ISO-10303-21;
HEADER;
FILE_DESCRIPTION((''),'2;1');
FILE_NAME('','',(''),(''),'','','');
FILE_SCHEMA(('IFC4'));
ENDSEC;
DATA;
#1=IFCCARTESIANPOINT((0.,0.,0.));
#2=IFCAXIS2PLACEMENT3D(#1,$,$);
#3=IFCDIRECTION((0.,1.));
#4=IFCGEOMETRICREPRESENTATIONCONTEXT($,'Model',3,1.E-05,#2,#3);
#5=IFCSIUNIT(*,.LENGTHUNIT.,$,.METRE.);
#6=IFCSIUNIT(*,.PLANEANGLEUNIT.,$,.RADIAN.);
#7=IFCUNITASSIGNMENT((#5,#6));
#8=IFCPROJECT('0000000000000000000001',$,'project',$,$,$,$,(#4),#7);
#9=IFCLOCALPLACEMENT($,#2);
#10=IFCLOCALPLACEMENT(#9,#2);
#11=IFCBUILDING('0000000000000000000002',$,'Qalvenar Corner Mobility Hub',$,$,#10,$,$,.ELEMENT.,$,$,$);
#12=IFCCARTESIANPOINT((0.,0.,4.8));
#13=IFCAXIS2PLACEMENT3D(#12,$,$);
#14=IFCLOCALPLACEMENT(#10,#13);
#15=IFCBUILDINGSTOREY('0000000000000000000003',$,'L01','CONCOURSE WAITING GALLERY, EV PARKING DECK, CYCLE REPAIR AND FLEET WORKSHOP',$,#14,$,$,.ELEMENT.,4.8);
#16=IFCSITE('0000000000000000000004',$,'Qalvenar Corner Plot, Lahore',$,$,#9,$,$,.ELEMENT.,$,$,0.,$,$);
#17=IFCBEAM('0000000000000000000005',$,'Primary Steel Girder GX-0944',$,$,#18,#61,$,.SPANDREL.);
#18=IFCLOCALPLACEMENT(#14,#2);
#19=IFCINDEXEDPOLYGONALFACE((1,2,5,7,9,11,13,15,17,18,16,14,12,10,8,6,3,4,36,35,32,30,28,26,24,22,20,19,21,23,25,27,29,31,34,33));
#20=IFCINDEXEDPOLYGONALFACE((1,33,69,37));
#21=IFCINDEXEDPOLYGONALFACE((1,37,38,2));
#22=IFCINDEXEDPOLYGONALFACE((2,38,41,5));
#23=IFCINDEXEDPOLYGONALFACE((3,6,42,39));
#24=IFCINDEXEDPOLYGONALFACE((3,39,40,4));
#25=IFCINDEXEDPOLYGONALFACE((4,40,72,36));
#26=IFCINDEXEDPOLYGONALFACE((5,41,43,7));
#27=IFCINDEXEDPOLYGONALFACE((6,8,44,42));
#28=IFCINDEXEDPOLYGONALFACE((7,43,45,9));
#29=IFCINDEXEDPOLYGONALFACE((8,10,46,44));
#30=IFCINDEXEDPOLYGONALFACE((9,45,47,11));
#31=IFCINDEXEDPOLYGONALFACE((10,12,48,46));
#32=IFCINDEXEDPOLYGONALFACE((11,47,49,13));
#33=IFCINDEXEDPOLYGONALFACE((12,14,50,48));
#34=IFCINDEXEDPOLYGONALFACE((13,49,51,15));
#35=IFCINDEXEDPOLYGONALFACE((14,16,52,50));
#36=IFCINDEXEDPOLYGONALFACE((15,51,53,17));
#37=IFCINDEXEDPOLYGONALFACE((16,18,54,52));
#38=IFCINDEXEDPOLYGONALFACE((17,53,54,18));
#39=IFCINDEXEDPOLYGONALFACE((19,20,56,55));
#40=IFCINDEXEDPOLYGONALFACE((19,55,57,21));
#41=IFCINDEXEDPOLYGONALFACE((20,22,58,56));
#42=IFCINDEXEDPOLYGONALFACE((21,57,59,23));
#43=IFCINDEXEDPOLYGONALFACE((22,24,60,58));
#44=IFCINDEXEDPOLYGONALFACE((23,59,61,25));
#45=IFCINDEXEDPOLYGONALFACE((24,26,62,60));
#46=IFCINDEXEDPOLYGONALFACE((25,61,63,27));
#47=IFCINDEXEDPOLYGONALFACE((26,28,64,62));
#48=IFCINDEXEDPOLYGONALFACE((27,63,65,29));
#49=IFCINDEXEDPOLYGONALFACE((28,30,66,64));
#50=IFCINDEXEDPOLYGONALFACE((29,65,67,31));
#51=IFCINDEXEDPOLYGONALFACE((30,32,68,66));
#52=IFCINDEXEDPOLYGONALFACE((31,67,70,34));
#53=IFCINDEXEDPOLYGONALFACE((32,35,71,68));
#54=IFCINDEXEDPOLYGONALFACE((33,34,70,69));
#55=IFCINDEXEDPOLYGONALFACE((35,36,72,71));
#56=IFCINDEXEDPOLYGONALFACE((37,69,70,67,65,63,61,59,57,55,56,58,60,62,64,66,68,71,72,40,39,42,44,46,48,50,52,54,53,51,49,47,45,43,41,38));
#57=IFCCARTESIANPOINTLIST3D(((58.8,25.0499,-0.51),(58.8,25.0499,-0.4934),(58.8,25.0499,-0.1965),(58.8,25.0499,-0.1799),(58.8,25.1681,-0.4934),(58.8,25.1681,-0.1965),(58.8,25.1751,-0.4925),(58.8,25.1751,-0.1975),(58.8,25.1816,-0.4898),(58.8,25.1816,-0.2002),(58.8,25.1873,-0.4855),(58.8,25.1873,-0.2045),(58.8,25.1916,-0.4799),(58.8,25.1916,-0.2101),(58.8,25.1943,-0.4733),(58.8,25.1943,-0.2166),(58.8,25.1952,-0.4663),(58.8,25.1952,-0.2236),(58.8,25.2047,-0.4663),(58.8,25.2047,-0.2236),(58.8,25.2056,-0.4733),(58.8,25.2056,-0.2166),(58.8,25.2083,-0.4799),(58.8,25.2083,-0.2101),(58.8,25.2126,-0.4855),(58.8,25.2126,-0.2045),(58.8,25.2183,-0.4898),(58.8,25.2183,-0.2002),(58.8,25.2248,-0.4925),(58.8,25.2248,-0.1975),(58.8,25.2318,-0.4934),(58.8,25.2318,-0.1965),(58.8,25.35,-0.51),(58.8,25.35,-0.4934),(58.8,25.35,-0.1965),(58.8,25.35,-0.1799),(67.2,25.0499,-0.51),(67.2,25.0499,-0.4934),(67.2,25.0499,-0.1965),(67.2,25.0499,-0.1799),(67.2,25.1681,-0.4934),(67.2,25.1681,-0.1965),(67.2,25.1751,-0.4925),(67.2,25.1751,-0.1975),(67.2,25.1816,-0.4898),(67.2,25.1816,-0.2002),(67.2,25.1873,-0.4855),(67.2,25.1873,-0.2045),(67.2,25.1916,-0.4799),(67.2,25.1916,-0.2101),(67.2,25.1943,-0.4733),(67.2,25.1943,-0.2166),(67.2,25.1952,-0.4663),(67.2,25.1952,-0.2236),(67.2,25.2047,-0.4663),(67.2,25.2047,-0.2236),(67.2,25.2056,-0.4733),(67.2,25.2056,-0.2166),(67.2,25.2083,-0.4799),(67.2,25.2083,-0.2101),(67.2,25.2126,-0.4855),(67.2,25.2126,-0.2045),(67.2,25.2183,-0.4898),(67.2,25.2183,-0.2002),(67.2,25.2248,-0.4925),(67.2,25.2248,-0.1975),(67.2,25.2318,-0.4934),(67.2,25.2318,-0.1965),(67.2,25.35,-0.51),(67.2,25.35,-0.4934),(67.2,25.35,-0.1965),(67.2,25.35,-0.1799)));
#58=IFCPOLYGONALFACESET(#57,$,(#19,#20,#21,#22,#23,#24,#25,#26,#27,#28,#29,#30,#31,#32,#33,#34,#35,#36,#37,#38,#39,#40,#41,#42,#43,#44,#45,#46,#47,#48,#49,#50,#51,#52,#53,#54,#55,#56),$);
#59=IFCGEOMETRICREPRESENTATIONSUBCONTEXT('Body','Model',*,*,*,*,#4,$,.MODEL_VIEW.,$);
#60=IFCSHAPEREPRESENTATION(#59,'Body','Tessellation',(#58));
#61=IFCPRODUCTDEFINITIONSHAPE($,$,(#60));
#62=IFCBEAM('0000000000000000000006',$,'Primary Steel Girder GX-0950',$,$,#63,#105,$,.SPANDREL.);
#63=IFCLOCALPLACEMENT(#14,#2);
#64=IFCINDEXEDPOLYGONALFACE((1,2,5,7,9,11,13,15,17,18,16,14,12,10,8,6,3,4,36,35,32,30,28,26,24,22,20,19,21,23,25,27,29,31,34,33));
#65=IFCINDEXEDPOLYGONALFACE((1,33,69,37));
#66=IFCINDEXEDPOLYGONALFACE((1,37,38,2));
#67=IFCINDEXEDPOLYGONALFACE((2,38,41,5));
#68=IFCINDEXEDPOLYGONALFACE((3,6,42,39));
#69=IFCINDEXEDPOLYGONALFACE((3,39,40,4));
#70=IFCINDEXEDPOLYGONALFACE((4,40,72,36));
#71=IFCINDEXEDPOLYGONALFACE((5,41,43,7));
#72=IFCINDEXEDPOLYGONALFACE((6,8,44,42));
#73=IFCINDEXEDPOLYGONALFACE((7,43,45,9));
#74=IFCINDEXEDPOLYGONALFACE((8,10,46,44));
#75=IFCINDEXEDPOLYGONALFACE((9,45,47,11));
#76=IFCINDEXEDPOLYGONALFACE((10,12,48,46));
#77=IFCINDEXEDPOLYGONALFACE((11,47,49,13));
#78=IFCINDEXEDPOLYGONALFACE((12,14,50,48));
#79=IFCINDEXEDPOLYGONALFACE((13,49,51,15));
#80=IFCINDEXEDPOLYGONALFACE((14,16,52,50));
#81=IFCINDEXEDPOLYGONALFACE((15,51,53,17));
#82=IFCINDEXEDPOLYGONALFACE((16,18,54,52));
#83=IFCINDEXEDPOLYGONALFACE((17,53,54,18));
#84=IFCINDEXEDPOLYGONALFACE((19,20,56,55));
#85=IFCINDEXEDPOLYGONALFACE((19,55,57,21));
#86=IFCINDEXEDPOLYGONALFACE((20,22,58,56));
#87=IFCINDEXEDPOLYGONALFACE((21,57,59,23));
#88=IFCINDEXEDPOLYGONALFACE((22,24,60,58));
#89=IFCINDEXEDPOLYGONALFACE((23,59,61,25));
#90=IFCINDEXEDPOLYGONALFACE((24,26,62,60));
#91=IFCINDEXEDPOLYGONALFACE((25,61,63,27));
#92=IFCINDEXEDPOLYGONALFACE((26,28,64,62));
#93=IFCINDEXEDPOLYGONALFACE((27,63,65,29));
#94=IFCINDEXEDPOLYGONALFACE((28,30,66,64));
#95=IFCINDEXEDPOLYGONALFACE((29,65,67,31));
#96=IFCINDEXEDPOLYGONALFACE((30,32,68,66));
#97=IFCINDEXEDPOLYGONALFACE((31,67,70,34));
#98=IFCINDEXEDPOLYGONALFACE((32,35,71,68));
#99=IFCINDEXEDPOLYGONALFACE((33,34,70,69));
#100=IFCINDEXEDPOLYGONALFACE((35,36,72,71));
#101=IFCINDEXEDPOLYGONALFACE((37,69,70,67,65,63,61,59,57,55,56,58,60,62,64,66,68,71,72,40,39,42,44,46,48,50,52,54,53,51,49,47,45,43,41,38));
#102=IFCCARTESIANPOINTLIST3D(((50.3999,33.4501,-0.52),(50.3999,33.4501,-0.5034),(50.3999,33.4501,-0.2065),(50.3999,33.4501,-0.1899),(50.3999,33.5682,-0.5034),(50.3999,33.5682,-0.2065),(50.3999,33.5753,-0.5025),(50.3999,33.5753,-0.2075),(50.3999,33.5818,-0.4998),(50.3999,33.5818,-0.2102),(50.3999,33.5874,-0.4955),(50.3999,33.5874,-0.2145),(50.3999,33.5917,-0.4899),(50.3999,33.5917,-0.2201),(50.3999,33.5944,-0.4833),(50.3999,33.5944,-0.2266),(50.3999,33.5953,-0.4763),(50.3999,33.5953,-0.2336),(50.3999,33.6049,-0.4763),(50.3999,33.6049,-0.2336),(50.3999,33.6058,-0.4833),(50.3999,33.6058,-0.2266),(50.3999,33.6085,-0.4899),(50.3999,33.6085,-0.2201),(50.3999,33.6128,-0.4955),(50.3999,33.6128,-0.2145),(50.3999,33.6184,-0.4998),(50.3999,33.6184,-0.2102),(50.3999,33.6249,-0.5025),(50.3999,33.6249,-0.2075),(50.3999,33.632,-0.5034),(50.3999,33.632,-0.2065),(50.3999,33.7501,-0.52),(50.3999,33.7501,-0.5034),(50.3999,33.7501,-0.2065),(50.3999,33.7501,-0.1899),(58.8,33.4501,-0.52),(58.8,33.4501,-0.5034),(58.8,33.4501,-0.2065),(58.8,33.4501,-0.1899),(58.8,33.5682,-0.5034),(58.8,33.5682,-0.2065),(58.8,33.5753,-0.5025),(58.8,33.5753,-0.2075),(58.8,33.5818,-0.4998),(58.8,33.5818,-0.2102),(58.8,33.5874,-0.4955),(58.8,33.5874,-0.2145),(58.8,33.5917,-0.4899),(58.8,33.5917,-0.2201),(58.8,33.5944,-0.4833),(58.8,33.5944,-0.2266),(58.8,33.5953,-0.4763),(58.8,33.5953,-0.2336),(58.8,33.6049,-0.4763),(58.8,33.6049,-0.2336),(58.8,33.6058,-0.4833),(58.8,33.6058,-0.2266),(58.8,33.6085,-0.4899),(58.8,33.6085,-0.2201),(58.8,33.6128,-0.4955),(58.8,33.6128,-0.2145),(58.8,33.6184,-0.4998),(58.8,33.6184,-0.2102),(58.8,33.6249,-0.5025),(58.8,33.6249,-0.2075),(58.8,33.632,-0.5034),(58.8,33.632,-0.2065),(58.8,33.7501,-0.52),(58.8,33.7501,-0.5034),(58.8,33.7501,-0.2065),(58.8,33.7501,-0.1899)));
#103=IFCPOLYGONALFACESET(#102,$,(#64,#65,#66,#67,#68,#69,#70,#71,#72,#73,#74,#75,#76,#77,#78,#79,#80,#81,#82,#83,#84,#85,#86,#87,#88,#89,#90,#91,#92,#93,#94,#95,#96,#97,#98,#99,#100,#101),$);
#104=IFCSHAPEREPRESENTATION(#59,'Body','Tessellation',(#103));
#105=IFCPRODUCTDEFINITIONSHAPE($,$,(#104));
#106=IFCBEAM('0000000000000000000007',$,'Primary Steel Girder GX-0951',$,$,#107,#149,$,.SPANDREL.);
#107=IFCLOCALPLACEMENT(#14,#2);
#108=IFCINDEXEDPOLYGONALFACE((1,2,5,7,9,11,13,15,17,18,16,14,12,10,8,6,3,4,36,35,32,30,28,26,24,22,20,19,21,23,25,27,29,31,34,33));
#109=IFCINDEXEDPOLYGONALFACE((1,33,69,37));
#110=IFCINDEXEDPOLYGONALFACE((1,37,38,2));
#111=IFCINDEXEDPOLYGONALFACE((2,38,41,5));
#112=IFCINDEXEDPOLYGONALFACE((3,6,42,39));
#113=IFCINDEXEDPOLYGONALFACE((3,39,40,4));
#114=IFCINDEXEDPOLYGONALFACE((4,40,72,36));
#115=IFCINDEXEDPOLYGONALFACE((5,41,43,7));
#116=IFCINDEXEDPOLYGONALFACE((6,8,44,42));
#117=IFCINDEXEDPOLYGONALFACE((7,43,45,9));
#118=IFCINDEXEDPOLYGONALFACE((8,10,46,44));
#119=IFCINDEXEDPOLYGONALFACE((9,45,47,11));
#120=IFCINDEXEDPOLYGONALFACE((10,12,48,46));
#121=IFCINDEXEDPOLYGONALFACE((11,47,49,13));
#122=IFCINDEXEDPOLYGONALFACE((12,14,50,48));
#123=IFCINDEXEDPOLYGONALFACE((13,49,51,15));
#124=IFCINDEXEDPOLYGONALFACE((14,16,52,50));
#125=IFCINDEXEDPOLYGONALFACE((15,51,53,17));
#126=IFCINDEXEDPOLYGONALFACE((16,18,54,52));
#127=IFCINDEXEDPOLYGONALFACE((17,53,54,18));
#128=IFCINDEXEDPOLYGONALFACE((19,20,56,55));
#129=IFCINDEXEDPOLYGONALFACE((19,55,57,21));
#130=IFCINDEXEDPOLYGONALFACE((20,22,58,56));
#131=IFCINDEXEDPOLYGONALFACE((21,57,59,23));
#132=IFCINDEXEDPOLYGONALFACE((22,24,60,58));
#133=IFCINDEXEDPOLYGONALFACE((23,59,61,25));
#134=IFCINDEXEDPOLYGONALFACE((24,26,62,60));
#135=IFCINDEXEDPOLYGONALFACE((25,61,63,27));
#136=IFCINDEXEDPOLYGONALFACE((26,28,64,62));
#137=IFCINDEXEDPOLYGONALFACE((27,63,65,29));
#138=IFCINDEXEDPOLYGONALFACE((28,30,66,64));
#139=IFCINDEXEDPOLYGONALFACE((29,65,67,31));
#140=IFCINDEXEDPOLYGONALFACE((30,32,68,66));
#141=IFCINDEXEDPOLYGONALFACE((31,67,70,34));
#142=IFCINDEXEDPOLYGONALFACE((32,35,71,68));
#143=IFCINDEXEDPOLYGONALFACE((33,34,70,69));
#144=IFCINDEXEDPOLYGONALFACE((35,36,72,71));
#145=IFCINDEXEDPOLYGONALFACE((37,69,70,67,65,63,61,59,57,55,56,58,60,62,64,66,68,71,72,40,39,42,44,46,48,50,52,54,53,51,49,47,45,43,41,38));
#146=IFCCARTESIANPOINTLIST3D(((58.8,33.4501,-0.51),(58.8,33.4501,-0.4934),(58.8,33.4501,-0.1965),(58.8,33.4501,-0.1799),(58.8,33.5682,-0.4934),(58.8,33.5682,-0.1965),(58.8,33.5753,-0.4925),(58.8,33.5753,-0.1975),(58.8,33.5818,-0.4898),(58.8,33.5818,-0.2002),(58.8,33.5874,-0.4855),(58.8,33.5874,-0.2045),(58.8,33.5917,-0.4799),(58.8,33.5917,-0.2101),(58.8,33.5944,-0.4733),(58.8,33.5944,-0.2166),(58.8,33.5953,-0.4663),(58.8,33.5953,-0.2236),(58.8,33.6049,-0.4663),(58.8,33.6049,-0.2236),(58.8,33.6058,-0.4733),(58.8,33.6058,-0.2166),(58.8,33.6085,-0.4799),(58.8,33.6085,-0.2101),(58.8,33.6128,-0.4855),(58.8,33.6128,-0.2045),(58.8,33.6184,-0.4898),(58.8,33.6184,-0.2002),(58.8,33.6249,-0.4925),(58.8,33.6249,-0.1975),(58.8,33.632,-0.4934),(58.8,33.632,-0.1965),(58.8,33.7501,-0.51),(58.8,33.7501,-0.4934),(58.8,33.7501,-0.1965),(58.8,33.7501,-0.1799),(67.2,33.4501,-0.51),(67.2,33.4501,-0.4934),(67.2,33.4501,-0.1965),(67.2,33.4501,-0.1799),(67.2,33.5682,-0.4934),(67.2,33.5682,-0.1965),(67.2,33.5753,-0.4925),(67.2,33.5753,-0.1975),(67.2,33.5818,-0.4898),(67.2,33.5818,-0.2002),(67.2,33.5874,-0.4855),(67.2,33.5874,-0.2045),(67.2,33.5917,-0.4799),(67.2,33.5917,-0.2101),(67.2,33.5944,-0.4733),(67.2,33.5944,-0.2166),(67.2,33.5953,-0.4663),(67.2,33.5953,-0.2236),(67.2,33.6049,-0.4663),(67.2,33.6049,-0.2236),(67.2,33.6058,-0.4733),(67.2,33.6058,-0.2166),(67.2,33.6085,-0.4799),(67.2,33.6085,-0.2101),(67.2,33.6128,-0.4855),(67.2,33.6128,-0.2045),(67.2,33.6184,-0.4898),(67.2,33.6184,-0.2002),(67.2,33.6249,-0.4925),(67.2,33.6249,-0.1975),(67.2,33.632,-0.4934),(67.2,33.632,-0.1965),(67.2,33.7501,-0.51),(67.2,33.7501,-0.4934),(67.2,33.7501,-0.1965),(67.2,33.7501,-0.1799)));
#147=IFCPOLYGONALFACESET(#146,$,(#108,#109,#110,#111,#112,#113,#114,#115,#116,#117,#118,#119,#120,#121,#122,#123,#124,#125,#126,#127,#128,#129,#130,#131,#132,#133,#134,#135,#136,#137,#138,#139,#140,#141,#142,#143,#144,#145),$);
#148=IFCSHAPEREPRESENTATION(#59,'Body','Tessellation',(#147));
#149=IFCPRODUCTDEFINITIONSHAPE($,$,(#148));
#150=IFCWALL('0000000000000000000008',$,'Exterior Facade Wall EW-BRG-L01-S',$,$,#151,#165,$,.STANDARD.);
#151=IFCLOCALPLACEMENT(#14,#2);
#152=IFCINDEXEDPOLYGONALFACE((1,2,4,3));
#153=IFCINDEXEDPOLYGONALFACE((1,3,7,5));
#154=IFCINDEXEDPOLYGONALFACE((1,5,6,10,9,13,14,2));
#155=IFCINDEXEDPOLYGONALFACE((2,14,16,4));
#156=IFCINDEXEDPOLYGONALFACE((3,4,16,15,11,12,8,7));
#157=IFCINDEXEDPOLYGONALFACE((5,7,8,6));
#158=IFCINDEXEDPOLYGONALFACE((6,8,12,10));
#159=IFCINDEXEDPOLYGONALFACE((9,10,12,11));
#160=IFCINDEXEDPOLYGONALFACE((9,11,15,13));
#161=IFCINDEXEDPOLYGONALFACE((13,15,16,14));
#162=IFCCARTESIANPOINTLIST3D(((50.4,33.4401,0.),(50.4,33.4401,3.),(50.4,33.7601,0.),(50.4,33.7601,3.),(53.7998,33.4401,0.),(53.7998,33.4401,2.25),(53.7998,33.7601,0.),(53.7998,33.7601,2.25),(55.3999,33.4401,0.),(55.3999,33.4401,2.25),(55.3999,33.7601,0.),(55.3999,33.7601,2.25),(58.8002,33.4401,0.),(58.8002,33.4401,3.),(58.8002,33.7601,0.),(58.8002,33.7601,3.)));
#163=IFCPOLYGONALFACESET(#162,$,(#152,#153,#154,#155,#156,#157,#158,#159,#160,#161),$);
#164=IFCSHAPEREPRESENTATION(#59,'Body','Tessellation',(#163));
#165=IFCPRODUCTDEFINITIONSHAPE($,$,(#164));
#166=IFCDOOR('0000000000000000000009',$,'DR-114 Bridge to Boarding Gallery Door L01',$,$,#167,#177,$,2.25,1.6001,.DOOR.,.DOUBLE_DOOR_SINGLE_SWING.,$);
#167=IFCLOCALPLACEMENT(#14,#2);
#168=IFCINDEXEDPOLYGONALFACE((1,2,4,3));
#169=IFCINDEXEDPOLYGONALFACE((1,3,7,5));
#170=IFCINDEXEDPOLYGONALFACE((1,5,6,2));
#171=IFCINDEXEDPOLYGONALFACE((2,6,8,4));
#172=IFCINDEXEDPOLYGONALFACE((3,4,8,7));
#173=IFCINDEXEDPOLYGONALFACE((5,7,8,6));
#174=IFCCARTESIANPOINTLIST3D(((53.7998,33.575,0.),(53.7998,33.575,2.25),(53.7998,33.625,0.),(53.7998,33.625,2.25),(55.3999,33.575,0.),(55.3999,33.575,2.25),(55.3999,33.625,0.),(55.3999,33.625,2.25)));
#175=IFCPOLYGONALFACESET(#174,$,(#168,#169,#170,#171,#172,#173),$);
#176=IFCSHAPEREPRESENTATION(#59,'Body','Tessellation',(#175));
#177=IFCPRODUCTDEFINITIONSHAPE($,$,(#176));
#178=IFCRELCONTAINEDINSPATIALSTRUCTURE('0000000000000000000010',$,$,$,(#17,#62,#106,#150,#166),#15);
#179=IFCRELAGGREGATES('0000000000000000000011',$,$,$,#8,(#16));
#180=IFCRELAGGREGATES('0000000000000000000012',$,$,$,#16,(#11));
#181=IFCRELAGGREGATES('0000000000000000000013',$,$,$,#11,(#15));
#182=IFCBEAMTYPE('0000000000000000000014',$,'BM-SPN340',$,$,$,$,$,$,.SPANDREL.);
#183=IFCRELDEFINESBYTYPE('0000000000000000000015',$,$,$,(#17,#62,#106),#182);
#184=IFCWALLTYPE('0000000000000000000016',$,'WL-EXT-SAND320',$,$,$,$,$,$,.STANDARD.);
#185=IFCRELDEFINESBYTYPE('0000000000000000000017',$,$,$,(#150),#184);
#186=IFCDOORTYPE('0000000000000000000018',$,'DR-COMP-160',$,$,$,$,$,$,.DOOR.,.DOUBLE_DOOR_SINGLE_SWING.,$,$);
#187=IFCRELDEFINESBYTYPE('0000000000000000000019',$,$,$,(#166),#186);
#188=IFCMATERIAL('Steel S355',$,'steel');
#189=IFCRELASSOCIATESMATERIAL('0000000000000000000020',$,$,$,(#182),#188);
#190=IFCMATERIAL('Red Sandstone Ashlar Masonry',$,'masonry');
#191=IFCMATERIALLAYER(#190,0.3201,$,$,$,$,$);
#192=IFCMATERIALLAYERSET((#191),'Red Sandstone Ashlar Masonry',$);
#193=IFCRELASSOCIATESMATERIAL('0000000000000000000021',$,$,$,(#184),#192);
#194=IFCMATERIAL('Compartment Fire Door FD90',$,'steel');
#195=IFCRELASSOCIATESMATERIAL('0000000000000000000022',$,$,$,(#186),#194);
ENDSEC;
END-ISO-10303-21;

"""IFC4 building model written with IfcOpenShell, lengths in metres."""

from ifc_helpers import new_model, si_unit, direction, frame, frame_2d, origin, origin_2d, place, context, subcontext, project, spatial, rectangle, i_section, extrude, material, layer, layer_set, material_profile, profile_set, type_object, element, fill, save


model = new_model("IFC4")

# Units and contexts
model_context = context("Model", 3, precision=1e-05, world=origin(), true_north=direction((0.0, 1.0)))
body_context = subcontext(model_context, "Body", "Model", "MODEL_VIEW")
ifc_project = project(units=[si_unit("LENGTHUNIT", "METRE"), si_unit("PLANEANGLEUNIT", "RADIAN")], contexts=[model_context])

# Site, building, storey
site_placement = place(None, origin())
site = spatial("IfcSite", under=ifc_project, at=site_placement, Name="Qalvenar Corner Plot, Lahore", CompositionType="ELEMENT", RefElevation=0.0)
building_placement = place(site_placement, origin())
building = spatial("IfcBuilding", under=site, at=building_placement, Name="Qalvenar Corner Mobility Hub", CompositionType="ELEMENT")
storey_placement = place(building_placement, frame((0.0, 0.0, 4.8)))
storey = spatial("IfcBuildingStorey", under=building, at=storey_placement, Name="L01", Description="CONCOURSE WAITING GALLERY, EV PARKING DECK, CYCLE REPAIR AND FLEET WORKSHOP", CompositionType="ELEMENT", Elevation=4.8)

# Shared definitions
ifc_material_1 = material(Name="Steel S355", Category="steel")

# Beams
ifc_material_profile_1 = material_profile(ifc_material_1, i_section(OverallWidth=0.3, OverallDepth=0.3301, WebThickness=0.0095, FlangeThickness=0.0166, FilletRadius=0.0271, at=origin_2d()), Name="HEA340")
ifc_profile_set_1 = profile_set([ifc_material_profile_1], Name="Steel S355")
beam_type_1 = type_object("IfcBeamType", Name="BM-SPN340", PredefinedType="SPANDREL", material=ifc_profile_set_1)
beam_1_placement = place(storey_placement, frame((58.8, 25.2, -0.345), z_axis=(1.0, 0.0, 0.0), x_axis=(0.0, 1.0, 0.0)))
element("IfcBeam", 1, at=beam_1_placement, inside=storey, type_object=beam_type_1, Name="Primary Steel Girder GX-0944", PredefinedType="SPANDREL", context=body_context, shape_type="SweptSolid", body=[
    extrude(i_section(OverallWidth=0.3, OverallDepth=0.3301, WebThickness=0.0095, FlangeThickness=0.0166, FilletRadius=0.0271, at=origin_2d()), origin(), (0.0, 0.0, 1.0), 8.3999),
])
beam_2_placement = place(storey_placement, frame((50.3999, 33.6001, -0.355), z_axis=(1.0, 0.0, 0.0), x_axis=(0.0, 1.0, 0.0)))
element("IfcBeam", 2, at=beam_2_placement, inside=storey, type_object=beam_type_1, Name="Primary Steel Girder GX-0950", PredefinedType="SPANDREL", context=body_context, shape_type="SweptSolid", body=[
    extrude(i_section(OverallWidth=0.3, OverallDepth=0.3301, WebThickness=0.0095, FlangeThickness=0.0166, FilletRadius=0.0271, at=origin_2d()), origin(), (0.0, 0.0, 1.0), 8.4001),
])
beam_3_placement = place(storey_placement, frame((58.8, 33.6001, -0.345), z_axis=(1.0, 0.0, 0.0), x_axis=(0.0, 1.0, 0.0)))
element("IfcBeam", 3, at=beam_3_placement, inside=storey, type_object=beam_type_1, Name="Primary Steel Girder GX-0951", PredefinedType="SPANDREL", context=body_context, shape_type="SweptSolid", body=[
    extrude(i_section(OverallWidth=0.3, OverallDepth=0.3301, WebThickness=0.0095, FlangeThickness=0.0166, FilletRadius=0.0271, at=origin_2d()), origin(), (0.0, 0.0, 1.0), 8.3999),
])

# Wall, opening, door
ifc_material_2 = material(Name="Red Sandstone Ashlar Masonry", Category="masonry")
ifc_layer_1 = layer(ifc_material_2, 0.3201)
ifc_layer_set_1 = layer_set([ifc_layer_1], Name="Red Sandstone Ashlar Masonry")
wall_type_1 = type_object("IfcWallType", Name="WL-EXT-SAND320", PredefinedType="STANDARD", material=ifc_layer_set_1)
wall_1_placement = place(storey_placement, frame((50.3999, 33.6001, 0.0), z_axis=(0.0, 0.0, 1.0), x_axis=(1.0, 0.0, 0.0)))
wall_1 = element("IfcWall", 4, at=wall_1_placement, inside=storey, type_object=wall_type_1, Name="Exterior Facade Wall EW-BRG-L01-S", PredefinedType="STANDARD", context=body_context, shape_type="SweptSolid", body=[
    extrude(rectangle(XDim=8.4001, YDim=0.3201, at=frame_2d((4.2002, 0.0))), origin(), (0.0, 0.0, 1.0), 3.0),
])
opening_1_placement = place(wall_1_placement, frame((3.3999, 0.0, 0.0)))
opening_1 = element("IfcOpeningElement", 5, at=opening_1_placement, cuts=wall_1, PredefinedType="OPENING", context=body_context, shape_type="SweptSolid", body=[
    extrude(rectangle(XDim=1.6001, YDim=2.25, at=frame_2d((0.8, 1.125))), frame((0.0, 0.1699, 0.0), z_axis=(0.0, -1.0, 0.0), x_axis=(1.0, 0.0, 0.0)), (0.0, 0.0, 1.0), 0.3401),
])
ifc_material_3 = material(Name="Compartment Fire Door FD90", Category="steel")
door_type_1 = type_object("IfcDoorType", Name="DR-COMP-160", OperationType="DOUBLE_DOOR_SINGLE_SWING", PredefinedType="DOOR", material=ifc_material_3)
door_1_placement = place(opening_1_placement, origin())
door_1 = element("IfcDoor", 6, at=door_1_placement, inside=storey, type_object=door_type_1, Name="DR-114 Bridge to Boarding Gallery Door L01", OperationType="DOUBLE_DOOR_SINGLE_SWING", OverallHeight=2.25, OverallWidth=1.6001, PredefinedType="DOOR", context=body_context, shape_type="SweptSolid", body=[
    extrude(rectangle(XDim=1.6001, YDim=2.25, at=frame_2d((0.8, 1.125))), frame((0.0, 0.0249, 0.0), z_axis=(0.0, -1.0, 0.0), x_axis=(1.0, 0.0, 0.0)), (0.0, 0.0, 1.0), 0.05),
])
fill(opening_1, door_1)

save(model, "model.ifc")
